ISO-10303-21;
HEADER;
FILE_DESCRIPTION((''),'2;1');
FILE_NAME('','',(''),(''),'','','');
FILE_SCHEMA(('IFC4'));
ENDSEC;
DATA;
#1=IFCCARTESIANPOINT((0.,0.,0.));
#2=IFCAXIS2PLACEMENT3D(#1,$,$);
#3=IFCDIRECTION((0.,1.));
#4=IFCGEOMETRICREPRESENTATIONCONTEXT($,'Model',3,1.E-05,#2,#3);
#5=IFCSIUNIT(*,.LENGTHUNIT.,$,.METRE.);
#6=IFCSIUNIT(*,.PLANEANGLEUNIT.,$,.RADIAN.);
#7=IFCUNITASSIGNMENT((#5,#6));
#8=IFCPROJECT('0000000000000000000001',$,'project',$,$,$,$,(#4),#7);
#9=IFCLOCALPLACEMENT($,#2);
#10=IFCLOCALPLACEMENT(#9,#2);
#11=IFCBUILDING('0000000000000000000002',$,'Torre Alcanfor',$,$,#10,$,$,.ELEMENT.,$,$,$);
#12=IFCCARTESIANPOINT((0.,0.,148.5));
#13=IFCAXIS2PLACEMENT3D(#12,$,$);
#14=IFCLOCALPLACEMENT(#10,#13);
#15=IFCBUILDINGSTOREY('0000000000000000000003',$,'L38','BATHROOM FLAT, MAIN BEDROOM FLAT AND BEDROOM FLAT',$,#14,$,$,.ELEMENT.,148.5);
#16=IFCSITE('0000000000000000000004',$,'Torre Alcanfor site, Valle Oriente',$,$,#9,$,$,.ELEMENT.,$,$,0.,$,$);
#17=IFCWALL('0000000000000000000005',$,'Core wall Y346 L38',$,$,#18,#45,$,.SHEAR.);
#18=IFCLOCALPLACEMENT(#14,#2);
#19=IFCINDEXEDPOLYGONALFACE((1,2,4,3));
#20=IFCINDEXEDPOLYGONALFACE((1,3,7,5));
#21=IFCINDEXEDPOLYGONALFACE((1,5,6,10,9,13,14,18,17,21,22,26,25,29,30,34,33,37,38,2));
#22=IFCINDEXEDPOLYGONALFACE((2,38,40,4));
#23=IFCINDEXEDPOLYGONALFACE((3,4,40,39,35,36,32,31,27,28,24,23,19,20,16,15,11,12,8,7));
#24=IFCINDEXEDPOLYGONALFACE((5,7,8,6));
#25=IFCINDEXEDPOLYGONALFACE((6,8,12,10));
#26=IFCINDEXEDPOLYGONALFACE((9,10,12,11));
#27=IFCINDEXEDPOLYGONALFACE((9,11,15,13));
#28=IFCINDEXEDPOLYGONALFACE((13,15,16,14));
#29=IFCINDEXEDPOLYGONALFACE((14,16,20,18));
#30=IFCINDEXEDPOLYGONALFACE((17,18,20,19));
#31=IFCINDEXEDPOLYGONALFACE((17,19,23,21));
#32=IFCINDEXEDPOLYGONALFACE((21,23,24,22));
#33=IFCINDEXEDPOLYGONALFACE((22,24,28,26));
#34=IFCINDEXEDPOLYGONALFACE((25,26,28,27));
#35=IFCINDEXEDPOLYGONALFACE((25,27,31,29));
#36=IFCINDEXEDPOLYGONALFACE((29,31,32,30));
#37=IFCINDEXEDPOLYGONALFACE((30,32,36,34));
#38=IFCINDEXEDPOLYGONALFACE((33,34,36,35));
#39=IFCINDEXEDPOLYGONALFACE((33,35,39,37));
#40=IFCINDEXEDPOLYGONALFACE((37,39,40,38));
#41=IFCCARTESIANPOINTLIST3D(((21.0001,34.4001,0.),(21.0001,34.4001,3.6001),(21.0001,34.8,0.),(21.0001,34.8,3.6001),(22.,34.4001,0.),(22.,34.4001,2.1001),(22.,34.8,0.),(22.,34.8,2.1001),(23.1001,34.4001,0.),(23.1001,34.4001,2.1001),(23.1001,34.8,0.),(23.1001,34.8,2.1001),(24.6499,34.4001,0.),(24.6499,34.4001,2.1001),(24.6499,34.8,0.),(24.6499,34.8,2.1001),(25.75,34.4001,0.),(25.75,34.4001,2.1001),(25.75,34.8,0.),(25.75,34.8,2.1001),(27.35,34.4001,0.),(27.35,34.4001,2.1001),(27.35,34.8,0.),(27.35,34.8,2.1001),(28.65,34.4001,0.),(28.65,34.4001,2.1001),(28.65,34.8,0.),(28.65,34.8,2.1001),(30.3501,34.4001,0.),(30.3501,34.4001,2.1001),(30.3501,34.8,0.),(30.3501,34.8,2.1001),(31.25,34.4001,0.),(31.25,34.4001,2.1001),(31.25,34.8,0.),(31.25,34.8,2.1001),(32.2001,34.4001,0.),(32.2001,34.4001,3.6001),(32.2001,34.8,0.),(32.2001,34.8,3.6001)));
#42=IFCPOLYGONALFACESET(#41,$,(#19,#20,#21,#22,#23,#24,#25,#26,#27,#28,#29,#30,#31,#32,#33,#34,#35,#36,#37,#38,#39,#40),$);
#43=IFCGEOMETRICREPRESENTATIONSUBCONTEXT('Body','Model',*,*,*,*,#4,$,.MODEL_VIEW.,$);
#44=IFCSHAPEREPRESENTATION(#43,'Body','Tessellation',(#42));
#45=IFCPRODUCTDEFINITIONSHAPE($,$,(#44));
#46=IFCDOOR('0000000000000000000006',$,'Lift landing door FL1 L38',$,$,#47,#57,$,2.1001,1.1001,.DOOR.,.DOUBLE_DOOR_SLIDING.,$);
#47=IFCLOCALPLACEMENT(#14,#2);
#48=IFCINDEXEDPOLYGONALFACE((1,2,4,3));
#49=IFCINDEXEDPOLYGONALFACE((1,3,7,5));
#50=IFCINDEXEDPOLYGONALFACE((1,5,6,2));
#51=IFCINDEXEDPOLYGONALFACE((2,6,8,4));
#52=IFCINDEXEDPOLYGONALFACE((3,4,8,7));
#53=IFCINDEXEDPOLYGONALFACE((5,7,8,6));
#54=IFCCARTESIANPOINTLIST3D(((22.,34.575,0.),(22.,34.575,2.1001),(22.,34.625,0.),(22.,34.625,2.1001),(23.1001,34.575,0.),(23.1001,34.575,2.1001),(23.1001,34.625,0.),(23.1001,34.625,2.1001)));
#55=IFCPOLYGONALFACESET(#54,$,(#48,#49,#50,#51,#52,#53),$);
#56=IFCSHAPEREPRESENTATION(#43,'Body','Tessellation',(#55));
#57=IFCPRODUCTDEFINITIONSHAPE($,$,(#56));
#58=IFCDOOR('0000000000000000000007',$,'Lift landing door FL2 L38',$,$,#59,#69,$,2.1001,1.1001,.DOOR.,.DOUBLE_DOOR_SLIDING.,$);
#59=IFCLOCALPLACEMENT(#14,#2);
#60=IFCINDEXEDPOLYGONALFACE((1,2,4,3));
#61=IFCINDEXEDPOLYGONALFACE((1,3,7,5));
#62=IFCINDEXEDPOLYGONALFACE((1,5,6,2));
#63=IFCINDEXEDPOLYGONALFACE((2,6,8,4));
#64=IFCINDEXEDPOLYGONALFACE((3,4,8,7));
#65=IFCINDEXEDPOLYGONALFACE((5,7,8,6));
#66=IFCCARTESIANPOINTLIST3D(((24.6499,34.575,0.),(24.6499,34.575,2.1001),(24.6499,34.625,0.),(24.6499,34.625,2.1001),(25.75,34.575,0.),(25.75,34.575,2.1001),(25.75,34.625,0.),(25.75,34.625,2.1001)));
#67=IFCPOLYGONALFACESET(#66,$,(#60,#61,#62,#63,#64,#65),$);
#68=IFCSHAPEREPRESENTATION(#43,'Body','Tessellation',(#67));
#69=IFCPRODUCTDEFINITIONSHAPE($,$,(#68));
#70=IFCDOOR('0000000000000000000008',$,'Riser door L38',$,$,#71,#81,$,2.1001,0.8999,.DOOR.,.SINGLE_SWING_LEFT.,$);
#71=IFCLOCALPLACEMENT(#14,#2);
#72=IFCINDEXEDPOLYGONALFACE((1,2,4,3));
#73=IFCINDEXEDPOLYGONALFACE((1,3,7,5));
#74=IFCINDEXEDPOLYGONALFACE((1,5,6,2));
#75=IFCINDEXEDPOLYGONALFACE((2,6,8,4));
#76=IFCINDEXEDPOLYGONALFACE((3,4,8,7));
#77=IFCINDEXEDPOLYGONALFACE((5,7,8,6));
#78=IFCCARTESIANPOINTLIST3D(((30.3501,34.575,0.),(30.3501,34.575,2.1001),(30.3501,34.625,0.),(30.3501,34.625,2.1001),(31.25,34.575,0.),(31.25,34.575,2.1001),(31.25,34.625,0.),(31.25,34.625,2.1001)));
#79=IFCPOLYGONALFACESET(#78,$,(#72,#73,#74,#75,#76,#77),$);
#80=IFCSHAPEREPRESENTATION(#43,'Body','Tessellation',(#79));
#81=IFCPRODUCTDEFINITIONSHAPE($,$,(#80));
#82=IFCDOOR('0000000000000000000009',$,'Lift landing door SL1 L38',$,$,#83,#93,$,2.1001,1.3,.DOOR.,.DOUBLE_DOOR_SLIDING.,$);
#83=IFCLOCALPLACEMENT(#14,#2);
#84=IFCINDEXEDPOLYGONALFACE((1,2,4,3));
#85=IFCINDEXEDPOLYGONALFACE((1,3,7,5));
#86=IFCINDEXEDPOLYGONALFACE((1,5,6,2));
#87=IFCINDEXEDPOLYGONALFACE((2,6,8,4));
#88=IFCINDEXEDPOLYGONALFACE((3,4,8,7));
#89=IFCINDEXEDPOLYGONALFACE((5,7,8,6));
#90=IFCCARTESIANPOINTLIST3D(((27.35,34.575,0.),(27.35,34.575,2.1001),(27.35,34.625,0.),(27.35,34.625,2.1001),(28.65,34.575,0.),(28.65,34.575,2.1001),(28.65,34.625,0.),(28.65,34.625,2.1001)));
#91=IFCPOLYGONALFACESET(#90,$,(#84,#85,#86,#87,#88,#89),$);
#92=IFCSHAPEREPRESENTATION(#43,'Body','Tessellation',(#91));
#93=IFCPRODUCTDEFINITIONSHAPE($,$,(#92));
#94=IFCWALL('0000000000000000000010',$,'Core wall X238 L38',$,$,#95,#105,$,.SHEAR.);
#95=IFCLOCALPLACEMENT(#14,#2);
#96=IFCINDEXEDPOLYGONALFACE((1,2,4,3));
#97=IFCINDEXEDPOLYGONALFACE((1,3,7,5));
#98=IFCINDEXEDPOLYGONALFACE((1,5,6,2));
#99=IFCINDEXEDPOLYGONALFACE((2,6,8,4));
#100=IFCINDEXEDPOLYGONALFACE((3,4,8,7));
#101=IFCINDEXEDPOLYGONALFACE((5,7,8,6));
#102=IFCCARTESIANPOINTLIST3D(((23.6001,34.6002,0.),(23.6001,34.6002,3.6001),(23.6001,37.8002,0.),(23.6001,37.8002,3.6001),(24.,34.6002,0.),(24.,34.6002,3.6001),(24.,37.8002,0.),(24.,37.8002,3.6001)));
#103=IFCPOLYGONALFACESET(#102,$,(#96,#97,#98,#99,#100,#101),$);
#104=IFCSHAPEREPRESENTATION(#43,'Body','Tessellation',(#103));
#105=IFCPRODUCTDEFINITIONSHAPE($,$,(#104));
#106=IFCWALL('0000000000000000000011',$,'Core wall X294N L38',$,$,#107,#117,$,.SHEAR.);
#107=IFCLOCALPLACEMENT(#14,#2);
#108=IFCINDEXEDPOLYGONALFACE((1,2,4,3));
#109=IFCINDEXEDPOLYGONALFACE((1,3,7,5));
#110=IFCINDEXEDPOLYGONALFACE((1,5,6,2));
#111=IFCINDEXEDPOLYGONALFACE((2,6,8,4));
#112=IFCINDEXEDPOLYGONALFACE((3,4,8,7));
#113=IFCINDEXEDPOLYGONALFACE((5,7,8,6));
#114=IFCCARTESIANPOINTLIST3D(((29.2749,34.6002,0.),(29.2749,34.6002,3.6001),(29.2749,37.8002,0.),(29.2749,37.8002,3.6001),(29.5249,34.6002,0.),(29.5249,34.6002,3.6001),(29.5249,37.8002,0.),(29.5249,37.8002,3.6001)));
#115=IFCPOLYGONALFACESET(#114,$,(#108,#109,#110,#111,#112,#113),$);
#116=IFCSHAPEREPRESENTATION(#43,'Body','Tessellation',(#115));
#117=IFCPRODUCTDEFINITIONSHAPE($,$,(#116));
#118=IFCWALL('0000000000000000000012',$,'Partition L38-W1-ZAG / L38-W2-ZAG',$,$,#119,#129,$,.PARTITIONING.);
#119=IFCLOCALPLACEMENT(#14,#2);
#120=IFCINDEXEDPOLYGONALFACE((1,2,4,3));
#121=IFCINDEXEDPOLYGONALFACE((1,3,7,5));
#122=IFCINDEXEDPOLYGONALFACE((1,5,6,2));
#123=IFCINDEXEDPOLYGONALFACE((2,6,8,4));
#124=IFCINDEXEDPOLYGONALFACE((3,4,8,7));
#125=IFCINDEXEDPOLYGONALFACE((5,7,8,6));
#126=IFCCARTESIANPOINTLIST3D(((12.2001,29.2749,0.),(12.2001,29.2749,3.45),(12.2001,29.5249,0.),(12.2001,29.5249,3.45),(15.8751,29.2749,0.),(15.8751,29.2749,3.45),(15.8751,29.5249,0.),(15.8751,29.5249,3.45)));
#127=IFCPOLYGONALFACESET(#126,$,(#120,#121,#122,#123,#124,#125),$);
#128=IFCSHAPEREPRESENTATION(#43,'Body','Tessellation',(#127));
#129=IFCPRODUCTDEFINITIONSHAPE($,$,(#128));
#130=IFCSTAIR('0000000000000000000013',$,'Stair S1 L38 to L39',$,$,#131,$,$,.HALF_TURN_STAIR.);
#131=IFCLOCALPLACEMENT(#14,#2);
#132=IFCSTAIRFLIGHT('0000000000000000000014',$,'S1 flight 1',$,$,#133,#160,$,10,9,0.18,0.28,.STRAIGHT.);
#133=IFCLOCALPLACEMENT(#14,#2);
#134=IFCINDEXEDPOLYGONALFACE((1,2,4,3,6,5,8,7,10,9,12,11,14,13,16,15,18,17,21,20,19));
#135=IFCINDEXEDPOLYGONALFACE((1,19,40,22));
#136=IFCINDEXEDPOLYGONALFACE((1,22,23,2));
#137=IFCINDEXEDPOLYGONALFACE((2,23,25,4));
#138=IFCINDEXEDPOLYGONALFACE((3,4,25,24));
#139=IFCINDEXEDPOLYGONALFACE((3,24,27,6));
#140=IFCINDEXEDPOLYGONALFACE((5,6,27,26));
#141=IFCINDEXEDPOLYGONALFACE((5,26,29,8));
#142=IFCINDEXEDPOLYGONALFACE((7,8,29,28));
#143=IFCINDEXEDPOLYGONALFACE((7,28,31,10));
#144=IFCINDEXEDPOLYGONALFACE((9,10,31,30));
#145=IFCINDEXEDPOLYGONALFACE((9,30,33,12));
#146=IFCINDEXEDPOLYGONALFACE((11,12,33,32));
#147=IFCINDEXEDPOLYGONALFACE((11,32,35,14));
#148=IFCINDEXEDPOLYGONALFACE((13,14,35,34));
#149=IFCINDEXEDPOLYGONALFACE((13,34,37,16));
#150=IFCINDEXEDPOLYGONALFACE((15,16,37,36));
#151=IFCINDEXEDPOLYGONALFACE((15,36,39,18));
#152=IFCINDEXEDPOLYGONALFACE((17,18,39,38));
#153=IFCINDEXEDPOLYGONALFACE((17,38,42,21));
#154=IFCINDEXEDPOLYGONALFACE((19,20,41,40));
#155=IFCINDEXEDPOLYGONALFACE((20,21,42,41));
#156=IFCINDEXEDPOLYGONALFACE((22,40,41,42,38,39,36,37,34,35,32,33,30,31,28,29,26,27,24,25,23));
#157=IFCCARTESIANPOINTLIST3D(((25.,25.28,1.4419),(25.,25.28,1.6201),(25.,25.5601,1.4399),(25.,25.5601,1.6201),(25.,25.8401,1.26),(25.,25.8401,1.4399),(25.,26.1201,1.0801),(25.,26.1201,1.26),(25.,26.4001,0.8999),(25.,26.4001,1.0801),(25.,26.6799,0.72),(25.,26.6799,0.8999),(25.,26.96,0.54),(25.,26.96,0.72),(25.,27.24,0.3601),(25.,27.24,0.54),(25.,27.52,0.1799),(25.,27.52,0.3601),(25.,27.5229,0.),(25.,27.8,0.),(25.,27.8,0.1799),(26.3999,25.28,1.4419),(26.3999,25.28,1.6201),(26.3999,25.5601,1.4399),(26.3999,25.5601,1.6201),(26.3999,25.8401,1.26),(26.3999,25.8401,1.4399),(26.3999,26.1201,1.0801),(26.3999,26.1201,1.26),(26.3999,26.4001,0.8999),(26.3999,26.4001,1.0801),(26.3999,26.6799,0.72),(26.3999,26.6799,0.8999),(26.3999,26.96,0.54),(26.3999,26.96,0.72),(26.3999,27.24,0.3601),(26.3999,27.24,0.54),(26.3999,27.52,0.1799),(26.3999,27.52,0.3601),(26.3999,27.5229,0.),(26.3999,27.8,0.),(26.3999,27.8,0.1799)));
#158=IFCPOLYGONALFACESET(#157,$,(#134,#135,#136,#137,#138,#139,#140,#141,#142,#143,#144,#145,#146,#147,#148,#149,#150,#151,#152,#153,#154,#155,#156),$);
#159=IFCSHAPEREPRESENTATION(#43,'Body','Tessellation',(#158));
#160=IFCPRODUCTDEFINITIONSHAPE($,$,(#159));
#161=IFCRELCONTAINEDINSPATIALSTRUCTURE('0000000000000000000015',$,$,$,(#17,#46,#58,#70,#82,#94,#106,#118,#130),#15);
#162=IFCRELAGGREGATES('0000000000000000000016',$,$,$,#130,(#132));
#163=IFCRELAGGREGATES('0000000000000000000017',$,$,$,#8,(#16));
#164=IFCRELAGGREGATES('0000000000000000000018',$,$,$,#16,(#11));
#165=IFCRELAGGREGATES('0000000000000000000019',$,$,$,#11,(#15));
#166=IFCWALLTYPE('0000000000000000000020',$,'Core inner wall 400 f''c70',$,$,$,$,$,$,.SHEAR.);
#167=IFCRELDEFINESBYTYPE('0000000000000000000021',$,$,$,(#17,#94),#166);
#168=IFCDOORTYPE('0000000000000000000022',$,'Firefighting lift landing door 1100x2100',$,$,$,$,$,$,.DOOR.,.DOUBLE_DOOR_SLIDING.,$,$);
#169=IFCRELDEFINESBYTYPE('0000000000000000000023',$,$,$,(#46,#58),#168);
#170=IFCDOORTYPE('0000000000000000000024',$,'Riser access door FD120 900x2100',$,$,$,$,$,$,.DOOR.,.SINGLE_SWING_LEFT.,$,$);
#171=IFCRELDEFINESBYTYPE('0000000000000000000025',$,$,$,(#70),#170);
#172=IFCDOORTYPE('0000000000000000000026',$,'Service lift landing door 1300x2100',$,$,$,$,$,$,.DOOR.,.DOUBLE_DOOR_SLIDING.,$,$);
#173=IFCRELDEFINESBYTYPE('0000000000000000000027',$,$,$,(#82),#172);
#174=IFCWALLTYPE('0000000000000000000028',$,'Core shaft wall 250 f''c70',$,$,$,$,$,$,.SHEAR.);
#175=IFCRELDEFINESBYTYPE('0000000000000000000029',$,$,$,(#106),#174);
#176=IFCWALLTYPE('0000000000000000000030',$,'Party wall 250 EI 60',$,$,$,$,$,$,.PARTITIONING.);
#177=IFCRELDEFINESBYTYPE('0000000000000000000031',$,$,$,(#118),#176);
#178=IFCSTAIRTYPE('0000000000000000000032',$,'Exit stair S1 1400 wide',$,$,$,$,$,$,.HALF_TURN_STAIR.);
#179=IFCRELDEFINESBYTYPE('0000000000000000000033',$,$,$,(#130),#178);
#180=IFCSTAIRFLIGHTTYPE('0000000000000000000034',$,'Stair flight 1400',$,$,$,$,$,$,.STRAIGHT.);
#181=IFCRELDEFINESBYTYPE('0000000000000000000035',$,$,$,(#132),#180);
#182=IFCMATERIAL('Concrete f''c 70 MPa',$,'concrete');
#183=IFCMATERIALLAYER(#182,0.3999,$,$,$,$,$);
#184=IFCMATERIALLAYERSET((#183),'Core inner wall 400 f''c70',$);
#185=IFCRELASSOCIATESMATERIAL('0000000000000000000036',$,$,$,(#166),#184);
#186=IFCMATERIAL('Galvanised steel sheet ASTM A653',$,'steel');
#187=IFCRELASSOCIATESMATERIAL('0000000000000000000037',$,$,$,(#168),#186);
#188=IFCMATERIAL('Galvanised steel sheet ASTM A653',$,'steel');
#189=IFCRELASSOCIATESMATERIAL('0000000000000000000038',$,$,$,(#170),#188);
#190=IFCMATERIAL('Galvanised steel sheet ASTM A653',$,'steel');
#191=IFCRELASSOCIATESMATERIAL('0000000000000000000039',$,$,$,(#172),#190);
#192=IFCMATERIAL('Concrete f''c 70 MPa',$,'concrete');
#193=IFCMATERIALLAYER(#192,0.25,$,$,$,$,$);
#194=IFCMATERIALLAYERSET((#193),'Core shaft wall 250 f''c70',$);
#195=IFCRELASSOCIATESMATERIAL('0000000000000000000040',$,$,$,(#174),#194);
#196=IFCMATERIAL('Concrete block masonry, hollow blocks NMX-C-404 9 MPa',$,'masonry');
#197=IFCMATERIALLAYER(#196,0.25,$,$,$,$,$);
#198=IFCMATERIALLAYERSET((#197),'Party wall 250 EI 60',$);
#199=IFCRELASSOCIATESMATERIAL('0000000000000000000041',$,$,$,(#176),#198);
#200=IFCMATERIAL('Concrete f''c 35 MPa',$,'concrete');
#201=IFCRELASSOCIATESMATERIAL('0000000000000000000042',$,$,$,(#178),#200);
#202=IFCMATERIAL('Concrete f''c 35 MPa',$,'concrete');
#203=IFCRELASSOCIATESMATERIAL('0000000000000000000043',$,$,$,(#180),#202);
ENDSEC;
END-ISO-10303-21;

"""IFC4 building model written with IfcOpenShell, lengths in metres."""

from ifc_helpers import new_model, si_unit, direction, frame, frame_2d, origin, place, context, subcontext, project, spatial, polyline, rectangle, outline, extrude, material, layer, layer_set, type_object, element, fill, aggregate, save


model = new_model("IFC4")

# Units and contexts
model_context = context("Model", 3, precision=1e-05, world=origin(), true_north=direction((0.0, 1.0)))
body_context = subcontext(model_context, "Body", "Model", "MODEL_VIEW")
ifc_project = project(units=[si_unit("LENGTHUNIT", "METRE"), si_unit("PLANEANGLEUNIT", "RADIAN")], contexts=[model_context])

# Site, building, storey
site_placement = place(None, origin())
site = spatial("IfcSite", under=ifc_project, at=site_placement, Name="Torre Alcanfor site, Valle Oriente", CompositionType="ELEMENT", RefElevation=0.0)
building_placement = place(site_placement, origin())
building = spatial("IfcBuilding", under=site, at=building_placement, Name="Torre Alcanfor", CompositionType="ELEMENT")
storey_placement = place(building_placement, frame((0.0, 0.0, 148.5)))
storey = spatial("IfcBuildingStorey", under=building, at=storey_placement, Name="L38", Description="BATHROOM FLAT, MAIN BEDROOM FLAT AND BEDROOM FLAT", CompositionType="ELEMENT", Elevation=148.5)

# Shared definitions
ifc_material_1 = material(Name="Concrete f'c 70 MPa", Category="concrete")
ifc_layer_1 = layer(ifc_material_1, 0.3999)
ifc_layer_set_1 = layer_set([ifc_layer_1], Name="Core inner wall 400 f'c70")
wall_type_1 = type_object("IfcWallType", Name="Core inner wall 400 f'c70", PredefinedType="SHEAR", material=ifc_layer_set_1)

# Wall, openings, doors
wall_1_placement = place(storey_placement, frame((21.0, 34.6001, 0.0), z_axis=(0.0, 0.0, 1.0), x_axis=(1.0, 0.0, 0.0)))
wall_1 = element("IfcWall", 1, at=wall_1_placement, inside=storey, type_object=wall_type_1, Name="Core wall Y346 L38", PredefinedType="SHEAR", context=body_context, shape_type="SweptSolid", body=[
    extrude(rectangle(XDim=11.2, YDim=0.3999, at=frame_2d((5.6001, 0.0))), origin(), (0.0, 0.0, 1.0), 3.6001),
])
opening_1_placement = place(wall_1_placement, frame((9.3501, 0.0, 0.0)))
opening_1 = element("IfcOpeningElement", 2, at=opening_1_placement, cuts=wall_1, PredefinedType="OPENING", context=body_context, shape_type="SweptSolid", body=[
    extrude(rectangle(XDim=0.8999, YDim=2.1001, at=frame_2d((0.45, 1.05))), frame((0.0, 0.21, 0.0), z_axis=(0.0, -1.0, 0.0), x_axis=(1.0, 0.0, 0.0)), (0.0, 0.0, 1.0), 0.4199),
])
opening_2_placement = place(wall_1_placement, frame((1.0, 0.0, 0.0)))
opening_2 = element("IfcOpeningElement", 3, at=opening_2_placement, cuts=wall_1, PredefinedType="OPENING", context=body_context, shape_type="SweptSolid", body=[
    extrude(rectangle(XDim=1.1001, YDim=2.1001, at=frame_2d((0.55, 1.05))), frame((0.0, 0.21, 0.0), z_axis=(0.0, -1.0, 0.0), x_axis=(1.0, 0.0, 0.0)), (0.0, 0.0, 1.0), 0.4199),
])
opening_3_placement = place(wall_1_placement, frame((3.6499, 0.0, 0.0)))
opening_3 = element("IfcOpeningElement", 4, at=opening_3_placement, cuts=wall_1, PredefinedType="OPENING", context=body_context, shape_type="SweptSolid", body=[
    extrude(rectangle(XDim=1.1001, YDim=2.1001, at=frame_2d((0.55, 1.05))), frame((0.0, 0.21, 0.0), z_axis=(0.0, -1.0, 0.0), x_axis=(1.0, 0.0, 0.0)), (0.0, 0.0, 1.0), 0.4199),
])
opening_4_placement = place(wall_1_placement, frame((6.3501, 0.0, 0.0)))
opening_4 = element("IfcOpeningElement", 5, at=opening_4_placement, cuts=wall_1, PredefinedType="OPENING", context=body_context, shape_type="SweptSolid", body=[
    extrude(rectangle(XDim=1.3, YDim=2.1001, at=frame_2d((0.6499, 1.05))), frame((0.0, 0.21, 0.0), z_axis=(0.0, -1.0, 0.0), x_axis=(1.0, 0.0, 0.0)), (0.0, 0.0, 1.0), 0.4199),
])
ifc_material_2 = material(Name="Galvanised steel sheet ASTM A653", Category="steel")
door_type_1 = type_object("IfcDoorType", Name="Firefighting lift landing door 1100x2100", OperationType="DOUBLE_DOOR_SLIDING", PredefinedType="DOOR", material=ifc_material_2)
door_1_placement = place(opening_2_placement, origin())
door_1 = element("IfcDoor", 6, at=door_1_placement, inside=storey, type_object=door_type_1, Name="Lift landing door FL1 L38", OperationType="DOUBLE_DOOR_SLIDING", OverallHeight=2.1001, OverallWidth=1.1001, PredefinedType="DOOR", context=body_context, shape_type="SweptSolid", body=[
    extrude(rectangle(XDim=1.1001, YDim=2.1001, at=frame_2d((0.55, 1.05))), frame((0.0, 0.0249, 0.0), z_axis=(0.0, -1.0, 0.0), x_axis=(1.0, 0.0, 0.0)), (0.0, 0.0, 1.0), 0.05),
])
fill(opening_2, door_1)
door_2_placement = place(opening_3_placement, origin())
door_2 = element("IfcDoor", 7, at=door_2_placement, inside=storey, type_object=door_type_1, Name="Lift landing door FL2 L38", OperationType="DOUBLE_DOOR_SLIDING", OverallHeight=2.1001, OverallWidth=1.1001, PredefinedType="DOOR", context=body_context, shape_type="SweptSolid", body=[
    extrude(rectangle(XDim=1.1001, YDim=2.1001, at=frame_2d((0.55, 1.05))), frame((0.0, 0.0249, 0.0), z_axis=(0.0, -1.0, 0.0), x_axis=(1.0, 0.0, 0.0)), (0.0, 0.0, 1.0), 0.05),
])
fill(opening_3, door_2)
ifc_material_3 = material(Name="Galvanised steel sheet ASTM A653", Category="steel")
door_type_2 = type_object("IfcDoorType", Name="Riser access door FD120 900x2100", OperationType="SINGLE_SWING_LEFT", PredefinedType="DOOR", material=ifc_material_3)
door_3_placement = place(opening_1_placement, origin())
door_3 = element("IfcDoor", 8, at=door_3_placement, inside=storey, type_object=door_type_2, Name="Riser door L38", OperationType="SINGLE_SWING_LEFT", OverallHeight=2.1001, OverallWidth=0.8999, PredefinedType="DOOR", context=body_context, shape_type="SweptSolid", body=[
    extrude(rectangle(XDim=0.8999, YDim=2.1001, at=frame_2d((0.45, 1.05))), frame((0.0, 0.0249, 0.0), z_axis=(0.0, -1.0, 0.0), x_axis=(1.0, 0.0, 0.0)), (0.0, 0.0, 1.0), 0.05),
])
fill(opening_1, door_3)
ifc_material_4 = material(Name="Galvanised steel sheet ASTM A653", Category="steel")
door_type_3 = type_object("IfcDoorType", Name="Service lift landing door 1300x2100", OperationType="DOUBLE_DOOR_SLIDING", PredefinedType="DOOR", material=ifc_material_4)
door_4_placement = place(opening_4_placement, origin())
door_4 = element("IfcDoor", 9, at=door_4_placement, inside=storey, type_object=door_type_3, Name="Lift landing door SL1 L38", OperationType="DOUBLE_DOOR_SLIDING", OverallHeight=2.1001, OverallWidth=1.3, PredefinedType="DOOR", context=body_context, shape_type="SweptSolid", body=[
    extrude(rectangle(XDim=1.3, YDim=2.1001, at=frame_2d((0.6499, 1.05))), frame((0.0, 0.0249, 0.0), z_axis=(0.0, -1.0, 0.0), x_axis=(1.0, 0.0, 0.0)), (0.0, 0.0, 1.0), 0.05),
])
fill(opening_4, door_4)

# Walls
wall_2_placement = place(storey_placement, frame((23.8, 34.6001, 0.0), z_axis=(0.0, 0.0, 1.0), x_axis=(0.0, 1.0, 0.0)))
element("IfcWall", 10, at=wall_2_placement, inside=storey, type_object=wall_type_1, Name="Core wall X238 L38", PredefinedType="SHEAR", context=body_context, shape_type="SweptSolid", body=[
    extrude(rectangle(XDim=3.2, YDim=0.3999, at=frame_2d((1.6001, 0.0))), origin(), (0.0, 0.0, 1.0), 3.6001),
])
ifc_material_5 = material(Name="Concrete f'c 70 MPa", Category="concrete")
ifc_layer_2 = layer(ifc_material_5, 0.25)
ifc_layer_set_2 = layer_set([ifc_layer_2], Name="Core shaft wall 250 f'c70")
wall_type_2 = type_object("IfcWallType", Name="Core shaft wall 250 f'c70", PredefinedType="SHEAR", material=ifc_layer_set_2)
wall_3_placement = place(storey_placement, frame((29.3999, 34.6001, 0.0), z_axis=(0.0, 0.0, 1.0), x_axis=(0.0, 1.0, 0.0)))
element("IfcWall", 11, at=wall_3_placement, inside=storey, type_object=wall_type_2, Name="Core wall X294N L38", PredefinedType="SHEAR", context=body_context, shape_type="SweptSolid", body=[
    extrude(rectangle(XDim=3.2, YDim=0.25, at=frame_2d((1.6001, 0.0))), origin(), (0.0, 0.0, 1.0), 3.6001),
])
ifc_material_6 = material(Name="Concrete block masonry, hollow blocks NMX-C-404 9 MPa", Category="masonry")
ifc_layer_3 = layer(ifc_material_6, 0.25)
ifc_layer_set_3 = layer_set([ifc_layer_3], Name="Party wall 250 EI 60")
wall_type_3 = type_object("IfcWallType", Name="Party wall 250 EI 60", PredefinedType="PARTITIONING", material=ifc_layer_set_3)
wall_4_placement = place(storey_placement, frame((15.875, 29.3999, 0.0), z_axis=(0.0, 0.0, 1.0), x_axis=(-1.0, 0.0, 0.0)))
element("IfcWall", 12, at=wall_4_placement, inside=storey, type_object=wall_type_3, Name="Partition L38-W1-ZAG / L38-W2-ZAG", PredefinedType="PARTITIONING", context=body_context, shape_type="SweptSolid", body=[
    extrude(rectangle(XDim=3.675, YDim=0.25, at=frame_2d((1.8374, 0.0))), origin(), (0.0, 0.0, 1.0), 3.45),
])

# Stair, stair flight
ifc_material_7 = material(Name="Concrete f'c 35 MPa", Category="concrete")
stair_type = type_object("IfcStairType", Name="Exit stair S1 1400 wide", PredefinedType="HALF_TURN_STAIR", material=ifc_material_7)
stair_placement = place(storey_placement, origin())
stair = element("IfcStair", 13, at=stair_placement, inside=storey, type_object=stair_type, Name="Stair S1 L38 to L39", PredefinedType="HALF_TURN_STAIR")
ifc_material_8 = material(Name="Concrete f'c 35 MPa", Category="concrete")
stair_flight_type = type_object("IfcStairFlightType", Name="Stair flight 1400", PredefinedType="STRAIGHT", material=ifc_material_8)
stair_flight_placement = place(storey_placement, frame((25.7, 27.8, 0.0), z_axis=(0.0, 0.0, 1.0), x_axis=(0.0, -1.0, 0.0)))
stair_flight = element("IfcStairFlight", 14, at=stair_flight_placement, type_object=stair_flight_type, Name="S1 flight 1", NumberOfRisers=10, NumberOfTreads=9, PredefinedType="STRAIGHT", RiserHeight=0.18, TreadLength=0.28, context=body_context, shape_type="SweptSolid", body=[
    extrude(outline(polyline([(0.0, 0.0), (0.0, 0.1799), (0.28, 0.1799), (0.28, 0.3601), (0.5601, 0.3601), (0.5601, 0.54), (0.8401, 0.54), (0.8401, 0.72), (1.1201, 0.72), (1.1201, 0.8999), (1.3999, 0.8999), (1.3999, 1.0801), (1.6799, 1.0801), (1.6799, 1.26), (1.96, 1.26), (1.96, 1.4399), (2.24, 1.4399), (2.24, 1.6201), (2.52, 1.6201), (2.52, 1.8), (2.52, 1.4419), (0.2771, 0.0), (0.0, 0.0)])), frame((0.0, 0.7, 0.0), z_axis=(0.0, -1.0, 0.0), x_axis=(1.0, 0.0, 0.0)), (0.0, 0.0, 1.0), 1.3999),
])
aggregate(stair, [stair_flight])

save(model, "model.ifc")
